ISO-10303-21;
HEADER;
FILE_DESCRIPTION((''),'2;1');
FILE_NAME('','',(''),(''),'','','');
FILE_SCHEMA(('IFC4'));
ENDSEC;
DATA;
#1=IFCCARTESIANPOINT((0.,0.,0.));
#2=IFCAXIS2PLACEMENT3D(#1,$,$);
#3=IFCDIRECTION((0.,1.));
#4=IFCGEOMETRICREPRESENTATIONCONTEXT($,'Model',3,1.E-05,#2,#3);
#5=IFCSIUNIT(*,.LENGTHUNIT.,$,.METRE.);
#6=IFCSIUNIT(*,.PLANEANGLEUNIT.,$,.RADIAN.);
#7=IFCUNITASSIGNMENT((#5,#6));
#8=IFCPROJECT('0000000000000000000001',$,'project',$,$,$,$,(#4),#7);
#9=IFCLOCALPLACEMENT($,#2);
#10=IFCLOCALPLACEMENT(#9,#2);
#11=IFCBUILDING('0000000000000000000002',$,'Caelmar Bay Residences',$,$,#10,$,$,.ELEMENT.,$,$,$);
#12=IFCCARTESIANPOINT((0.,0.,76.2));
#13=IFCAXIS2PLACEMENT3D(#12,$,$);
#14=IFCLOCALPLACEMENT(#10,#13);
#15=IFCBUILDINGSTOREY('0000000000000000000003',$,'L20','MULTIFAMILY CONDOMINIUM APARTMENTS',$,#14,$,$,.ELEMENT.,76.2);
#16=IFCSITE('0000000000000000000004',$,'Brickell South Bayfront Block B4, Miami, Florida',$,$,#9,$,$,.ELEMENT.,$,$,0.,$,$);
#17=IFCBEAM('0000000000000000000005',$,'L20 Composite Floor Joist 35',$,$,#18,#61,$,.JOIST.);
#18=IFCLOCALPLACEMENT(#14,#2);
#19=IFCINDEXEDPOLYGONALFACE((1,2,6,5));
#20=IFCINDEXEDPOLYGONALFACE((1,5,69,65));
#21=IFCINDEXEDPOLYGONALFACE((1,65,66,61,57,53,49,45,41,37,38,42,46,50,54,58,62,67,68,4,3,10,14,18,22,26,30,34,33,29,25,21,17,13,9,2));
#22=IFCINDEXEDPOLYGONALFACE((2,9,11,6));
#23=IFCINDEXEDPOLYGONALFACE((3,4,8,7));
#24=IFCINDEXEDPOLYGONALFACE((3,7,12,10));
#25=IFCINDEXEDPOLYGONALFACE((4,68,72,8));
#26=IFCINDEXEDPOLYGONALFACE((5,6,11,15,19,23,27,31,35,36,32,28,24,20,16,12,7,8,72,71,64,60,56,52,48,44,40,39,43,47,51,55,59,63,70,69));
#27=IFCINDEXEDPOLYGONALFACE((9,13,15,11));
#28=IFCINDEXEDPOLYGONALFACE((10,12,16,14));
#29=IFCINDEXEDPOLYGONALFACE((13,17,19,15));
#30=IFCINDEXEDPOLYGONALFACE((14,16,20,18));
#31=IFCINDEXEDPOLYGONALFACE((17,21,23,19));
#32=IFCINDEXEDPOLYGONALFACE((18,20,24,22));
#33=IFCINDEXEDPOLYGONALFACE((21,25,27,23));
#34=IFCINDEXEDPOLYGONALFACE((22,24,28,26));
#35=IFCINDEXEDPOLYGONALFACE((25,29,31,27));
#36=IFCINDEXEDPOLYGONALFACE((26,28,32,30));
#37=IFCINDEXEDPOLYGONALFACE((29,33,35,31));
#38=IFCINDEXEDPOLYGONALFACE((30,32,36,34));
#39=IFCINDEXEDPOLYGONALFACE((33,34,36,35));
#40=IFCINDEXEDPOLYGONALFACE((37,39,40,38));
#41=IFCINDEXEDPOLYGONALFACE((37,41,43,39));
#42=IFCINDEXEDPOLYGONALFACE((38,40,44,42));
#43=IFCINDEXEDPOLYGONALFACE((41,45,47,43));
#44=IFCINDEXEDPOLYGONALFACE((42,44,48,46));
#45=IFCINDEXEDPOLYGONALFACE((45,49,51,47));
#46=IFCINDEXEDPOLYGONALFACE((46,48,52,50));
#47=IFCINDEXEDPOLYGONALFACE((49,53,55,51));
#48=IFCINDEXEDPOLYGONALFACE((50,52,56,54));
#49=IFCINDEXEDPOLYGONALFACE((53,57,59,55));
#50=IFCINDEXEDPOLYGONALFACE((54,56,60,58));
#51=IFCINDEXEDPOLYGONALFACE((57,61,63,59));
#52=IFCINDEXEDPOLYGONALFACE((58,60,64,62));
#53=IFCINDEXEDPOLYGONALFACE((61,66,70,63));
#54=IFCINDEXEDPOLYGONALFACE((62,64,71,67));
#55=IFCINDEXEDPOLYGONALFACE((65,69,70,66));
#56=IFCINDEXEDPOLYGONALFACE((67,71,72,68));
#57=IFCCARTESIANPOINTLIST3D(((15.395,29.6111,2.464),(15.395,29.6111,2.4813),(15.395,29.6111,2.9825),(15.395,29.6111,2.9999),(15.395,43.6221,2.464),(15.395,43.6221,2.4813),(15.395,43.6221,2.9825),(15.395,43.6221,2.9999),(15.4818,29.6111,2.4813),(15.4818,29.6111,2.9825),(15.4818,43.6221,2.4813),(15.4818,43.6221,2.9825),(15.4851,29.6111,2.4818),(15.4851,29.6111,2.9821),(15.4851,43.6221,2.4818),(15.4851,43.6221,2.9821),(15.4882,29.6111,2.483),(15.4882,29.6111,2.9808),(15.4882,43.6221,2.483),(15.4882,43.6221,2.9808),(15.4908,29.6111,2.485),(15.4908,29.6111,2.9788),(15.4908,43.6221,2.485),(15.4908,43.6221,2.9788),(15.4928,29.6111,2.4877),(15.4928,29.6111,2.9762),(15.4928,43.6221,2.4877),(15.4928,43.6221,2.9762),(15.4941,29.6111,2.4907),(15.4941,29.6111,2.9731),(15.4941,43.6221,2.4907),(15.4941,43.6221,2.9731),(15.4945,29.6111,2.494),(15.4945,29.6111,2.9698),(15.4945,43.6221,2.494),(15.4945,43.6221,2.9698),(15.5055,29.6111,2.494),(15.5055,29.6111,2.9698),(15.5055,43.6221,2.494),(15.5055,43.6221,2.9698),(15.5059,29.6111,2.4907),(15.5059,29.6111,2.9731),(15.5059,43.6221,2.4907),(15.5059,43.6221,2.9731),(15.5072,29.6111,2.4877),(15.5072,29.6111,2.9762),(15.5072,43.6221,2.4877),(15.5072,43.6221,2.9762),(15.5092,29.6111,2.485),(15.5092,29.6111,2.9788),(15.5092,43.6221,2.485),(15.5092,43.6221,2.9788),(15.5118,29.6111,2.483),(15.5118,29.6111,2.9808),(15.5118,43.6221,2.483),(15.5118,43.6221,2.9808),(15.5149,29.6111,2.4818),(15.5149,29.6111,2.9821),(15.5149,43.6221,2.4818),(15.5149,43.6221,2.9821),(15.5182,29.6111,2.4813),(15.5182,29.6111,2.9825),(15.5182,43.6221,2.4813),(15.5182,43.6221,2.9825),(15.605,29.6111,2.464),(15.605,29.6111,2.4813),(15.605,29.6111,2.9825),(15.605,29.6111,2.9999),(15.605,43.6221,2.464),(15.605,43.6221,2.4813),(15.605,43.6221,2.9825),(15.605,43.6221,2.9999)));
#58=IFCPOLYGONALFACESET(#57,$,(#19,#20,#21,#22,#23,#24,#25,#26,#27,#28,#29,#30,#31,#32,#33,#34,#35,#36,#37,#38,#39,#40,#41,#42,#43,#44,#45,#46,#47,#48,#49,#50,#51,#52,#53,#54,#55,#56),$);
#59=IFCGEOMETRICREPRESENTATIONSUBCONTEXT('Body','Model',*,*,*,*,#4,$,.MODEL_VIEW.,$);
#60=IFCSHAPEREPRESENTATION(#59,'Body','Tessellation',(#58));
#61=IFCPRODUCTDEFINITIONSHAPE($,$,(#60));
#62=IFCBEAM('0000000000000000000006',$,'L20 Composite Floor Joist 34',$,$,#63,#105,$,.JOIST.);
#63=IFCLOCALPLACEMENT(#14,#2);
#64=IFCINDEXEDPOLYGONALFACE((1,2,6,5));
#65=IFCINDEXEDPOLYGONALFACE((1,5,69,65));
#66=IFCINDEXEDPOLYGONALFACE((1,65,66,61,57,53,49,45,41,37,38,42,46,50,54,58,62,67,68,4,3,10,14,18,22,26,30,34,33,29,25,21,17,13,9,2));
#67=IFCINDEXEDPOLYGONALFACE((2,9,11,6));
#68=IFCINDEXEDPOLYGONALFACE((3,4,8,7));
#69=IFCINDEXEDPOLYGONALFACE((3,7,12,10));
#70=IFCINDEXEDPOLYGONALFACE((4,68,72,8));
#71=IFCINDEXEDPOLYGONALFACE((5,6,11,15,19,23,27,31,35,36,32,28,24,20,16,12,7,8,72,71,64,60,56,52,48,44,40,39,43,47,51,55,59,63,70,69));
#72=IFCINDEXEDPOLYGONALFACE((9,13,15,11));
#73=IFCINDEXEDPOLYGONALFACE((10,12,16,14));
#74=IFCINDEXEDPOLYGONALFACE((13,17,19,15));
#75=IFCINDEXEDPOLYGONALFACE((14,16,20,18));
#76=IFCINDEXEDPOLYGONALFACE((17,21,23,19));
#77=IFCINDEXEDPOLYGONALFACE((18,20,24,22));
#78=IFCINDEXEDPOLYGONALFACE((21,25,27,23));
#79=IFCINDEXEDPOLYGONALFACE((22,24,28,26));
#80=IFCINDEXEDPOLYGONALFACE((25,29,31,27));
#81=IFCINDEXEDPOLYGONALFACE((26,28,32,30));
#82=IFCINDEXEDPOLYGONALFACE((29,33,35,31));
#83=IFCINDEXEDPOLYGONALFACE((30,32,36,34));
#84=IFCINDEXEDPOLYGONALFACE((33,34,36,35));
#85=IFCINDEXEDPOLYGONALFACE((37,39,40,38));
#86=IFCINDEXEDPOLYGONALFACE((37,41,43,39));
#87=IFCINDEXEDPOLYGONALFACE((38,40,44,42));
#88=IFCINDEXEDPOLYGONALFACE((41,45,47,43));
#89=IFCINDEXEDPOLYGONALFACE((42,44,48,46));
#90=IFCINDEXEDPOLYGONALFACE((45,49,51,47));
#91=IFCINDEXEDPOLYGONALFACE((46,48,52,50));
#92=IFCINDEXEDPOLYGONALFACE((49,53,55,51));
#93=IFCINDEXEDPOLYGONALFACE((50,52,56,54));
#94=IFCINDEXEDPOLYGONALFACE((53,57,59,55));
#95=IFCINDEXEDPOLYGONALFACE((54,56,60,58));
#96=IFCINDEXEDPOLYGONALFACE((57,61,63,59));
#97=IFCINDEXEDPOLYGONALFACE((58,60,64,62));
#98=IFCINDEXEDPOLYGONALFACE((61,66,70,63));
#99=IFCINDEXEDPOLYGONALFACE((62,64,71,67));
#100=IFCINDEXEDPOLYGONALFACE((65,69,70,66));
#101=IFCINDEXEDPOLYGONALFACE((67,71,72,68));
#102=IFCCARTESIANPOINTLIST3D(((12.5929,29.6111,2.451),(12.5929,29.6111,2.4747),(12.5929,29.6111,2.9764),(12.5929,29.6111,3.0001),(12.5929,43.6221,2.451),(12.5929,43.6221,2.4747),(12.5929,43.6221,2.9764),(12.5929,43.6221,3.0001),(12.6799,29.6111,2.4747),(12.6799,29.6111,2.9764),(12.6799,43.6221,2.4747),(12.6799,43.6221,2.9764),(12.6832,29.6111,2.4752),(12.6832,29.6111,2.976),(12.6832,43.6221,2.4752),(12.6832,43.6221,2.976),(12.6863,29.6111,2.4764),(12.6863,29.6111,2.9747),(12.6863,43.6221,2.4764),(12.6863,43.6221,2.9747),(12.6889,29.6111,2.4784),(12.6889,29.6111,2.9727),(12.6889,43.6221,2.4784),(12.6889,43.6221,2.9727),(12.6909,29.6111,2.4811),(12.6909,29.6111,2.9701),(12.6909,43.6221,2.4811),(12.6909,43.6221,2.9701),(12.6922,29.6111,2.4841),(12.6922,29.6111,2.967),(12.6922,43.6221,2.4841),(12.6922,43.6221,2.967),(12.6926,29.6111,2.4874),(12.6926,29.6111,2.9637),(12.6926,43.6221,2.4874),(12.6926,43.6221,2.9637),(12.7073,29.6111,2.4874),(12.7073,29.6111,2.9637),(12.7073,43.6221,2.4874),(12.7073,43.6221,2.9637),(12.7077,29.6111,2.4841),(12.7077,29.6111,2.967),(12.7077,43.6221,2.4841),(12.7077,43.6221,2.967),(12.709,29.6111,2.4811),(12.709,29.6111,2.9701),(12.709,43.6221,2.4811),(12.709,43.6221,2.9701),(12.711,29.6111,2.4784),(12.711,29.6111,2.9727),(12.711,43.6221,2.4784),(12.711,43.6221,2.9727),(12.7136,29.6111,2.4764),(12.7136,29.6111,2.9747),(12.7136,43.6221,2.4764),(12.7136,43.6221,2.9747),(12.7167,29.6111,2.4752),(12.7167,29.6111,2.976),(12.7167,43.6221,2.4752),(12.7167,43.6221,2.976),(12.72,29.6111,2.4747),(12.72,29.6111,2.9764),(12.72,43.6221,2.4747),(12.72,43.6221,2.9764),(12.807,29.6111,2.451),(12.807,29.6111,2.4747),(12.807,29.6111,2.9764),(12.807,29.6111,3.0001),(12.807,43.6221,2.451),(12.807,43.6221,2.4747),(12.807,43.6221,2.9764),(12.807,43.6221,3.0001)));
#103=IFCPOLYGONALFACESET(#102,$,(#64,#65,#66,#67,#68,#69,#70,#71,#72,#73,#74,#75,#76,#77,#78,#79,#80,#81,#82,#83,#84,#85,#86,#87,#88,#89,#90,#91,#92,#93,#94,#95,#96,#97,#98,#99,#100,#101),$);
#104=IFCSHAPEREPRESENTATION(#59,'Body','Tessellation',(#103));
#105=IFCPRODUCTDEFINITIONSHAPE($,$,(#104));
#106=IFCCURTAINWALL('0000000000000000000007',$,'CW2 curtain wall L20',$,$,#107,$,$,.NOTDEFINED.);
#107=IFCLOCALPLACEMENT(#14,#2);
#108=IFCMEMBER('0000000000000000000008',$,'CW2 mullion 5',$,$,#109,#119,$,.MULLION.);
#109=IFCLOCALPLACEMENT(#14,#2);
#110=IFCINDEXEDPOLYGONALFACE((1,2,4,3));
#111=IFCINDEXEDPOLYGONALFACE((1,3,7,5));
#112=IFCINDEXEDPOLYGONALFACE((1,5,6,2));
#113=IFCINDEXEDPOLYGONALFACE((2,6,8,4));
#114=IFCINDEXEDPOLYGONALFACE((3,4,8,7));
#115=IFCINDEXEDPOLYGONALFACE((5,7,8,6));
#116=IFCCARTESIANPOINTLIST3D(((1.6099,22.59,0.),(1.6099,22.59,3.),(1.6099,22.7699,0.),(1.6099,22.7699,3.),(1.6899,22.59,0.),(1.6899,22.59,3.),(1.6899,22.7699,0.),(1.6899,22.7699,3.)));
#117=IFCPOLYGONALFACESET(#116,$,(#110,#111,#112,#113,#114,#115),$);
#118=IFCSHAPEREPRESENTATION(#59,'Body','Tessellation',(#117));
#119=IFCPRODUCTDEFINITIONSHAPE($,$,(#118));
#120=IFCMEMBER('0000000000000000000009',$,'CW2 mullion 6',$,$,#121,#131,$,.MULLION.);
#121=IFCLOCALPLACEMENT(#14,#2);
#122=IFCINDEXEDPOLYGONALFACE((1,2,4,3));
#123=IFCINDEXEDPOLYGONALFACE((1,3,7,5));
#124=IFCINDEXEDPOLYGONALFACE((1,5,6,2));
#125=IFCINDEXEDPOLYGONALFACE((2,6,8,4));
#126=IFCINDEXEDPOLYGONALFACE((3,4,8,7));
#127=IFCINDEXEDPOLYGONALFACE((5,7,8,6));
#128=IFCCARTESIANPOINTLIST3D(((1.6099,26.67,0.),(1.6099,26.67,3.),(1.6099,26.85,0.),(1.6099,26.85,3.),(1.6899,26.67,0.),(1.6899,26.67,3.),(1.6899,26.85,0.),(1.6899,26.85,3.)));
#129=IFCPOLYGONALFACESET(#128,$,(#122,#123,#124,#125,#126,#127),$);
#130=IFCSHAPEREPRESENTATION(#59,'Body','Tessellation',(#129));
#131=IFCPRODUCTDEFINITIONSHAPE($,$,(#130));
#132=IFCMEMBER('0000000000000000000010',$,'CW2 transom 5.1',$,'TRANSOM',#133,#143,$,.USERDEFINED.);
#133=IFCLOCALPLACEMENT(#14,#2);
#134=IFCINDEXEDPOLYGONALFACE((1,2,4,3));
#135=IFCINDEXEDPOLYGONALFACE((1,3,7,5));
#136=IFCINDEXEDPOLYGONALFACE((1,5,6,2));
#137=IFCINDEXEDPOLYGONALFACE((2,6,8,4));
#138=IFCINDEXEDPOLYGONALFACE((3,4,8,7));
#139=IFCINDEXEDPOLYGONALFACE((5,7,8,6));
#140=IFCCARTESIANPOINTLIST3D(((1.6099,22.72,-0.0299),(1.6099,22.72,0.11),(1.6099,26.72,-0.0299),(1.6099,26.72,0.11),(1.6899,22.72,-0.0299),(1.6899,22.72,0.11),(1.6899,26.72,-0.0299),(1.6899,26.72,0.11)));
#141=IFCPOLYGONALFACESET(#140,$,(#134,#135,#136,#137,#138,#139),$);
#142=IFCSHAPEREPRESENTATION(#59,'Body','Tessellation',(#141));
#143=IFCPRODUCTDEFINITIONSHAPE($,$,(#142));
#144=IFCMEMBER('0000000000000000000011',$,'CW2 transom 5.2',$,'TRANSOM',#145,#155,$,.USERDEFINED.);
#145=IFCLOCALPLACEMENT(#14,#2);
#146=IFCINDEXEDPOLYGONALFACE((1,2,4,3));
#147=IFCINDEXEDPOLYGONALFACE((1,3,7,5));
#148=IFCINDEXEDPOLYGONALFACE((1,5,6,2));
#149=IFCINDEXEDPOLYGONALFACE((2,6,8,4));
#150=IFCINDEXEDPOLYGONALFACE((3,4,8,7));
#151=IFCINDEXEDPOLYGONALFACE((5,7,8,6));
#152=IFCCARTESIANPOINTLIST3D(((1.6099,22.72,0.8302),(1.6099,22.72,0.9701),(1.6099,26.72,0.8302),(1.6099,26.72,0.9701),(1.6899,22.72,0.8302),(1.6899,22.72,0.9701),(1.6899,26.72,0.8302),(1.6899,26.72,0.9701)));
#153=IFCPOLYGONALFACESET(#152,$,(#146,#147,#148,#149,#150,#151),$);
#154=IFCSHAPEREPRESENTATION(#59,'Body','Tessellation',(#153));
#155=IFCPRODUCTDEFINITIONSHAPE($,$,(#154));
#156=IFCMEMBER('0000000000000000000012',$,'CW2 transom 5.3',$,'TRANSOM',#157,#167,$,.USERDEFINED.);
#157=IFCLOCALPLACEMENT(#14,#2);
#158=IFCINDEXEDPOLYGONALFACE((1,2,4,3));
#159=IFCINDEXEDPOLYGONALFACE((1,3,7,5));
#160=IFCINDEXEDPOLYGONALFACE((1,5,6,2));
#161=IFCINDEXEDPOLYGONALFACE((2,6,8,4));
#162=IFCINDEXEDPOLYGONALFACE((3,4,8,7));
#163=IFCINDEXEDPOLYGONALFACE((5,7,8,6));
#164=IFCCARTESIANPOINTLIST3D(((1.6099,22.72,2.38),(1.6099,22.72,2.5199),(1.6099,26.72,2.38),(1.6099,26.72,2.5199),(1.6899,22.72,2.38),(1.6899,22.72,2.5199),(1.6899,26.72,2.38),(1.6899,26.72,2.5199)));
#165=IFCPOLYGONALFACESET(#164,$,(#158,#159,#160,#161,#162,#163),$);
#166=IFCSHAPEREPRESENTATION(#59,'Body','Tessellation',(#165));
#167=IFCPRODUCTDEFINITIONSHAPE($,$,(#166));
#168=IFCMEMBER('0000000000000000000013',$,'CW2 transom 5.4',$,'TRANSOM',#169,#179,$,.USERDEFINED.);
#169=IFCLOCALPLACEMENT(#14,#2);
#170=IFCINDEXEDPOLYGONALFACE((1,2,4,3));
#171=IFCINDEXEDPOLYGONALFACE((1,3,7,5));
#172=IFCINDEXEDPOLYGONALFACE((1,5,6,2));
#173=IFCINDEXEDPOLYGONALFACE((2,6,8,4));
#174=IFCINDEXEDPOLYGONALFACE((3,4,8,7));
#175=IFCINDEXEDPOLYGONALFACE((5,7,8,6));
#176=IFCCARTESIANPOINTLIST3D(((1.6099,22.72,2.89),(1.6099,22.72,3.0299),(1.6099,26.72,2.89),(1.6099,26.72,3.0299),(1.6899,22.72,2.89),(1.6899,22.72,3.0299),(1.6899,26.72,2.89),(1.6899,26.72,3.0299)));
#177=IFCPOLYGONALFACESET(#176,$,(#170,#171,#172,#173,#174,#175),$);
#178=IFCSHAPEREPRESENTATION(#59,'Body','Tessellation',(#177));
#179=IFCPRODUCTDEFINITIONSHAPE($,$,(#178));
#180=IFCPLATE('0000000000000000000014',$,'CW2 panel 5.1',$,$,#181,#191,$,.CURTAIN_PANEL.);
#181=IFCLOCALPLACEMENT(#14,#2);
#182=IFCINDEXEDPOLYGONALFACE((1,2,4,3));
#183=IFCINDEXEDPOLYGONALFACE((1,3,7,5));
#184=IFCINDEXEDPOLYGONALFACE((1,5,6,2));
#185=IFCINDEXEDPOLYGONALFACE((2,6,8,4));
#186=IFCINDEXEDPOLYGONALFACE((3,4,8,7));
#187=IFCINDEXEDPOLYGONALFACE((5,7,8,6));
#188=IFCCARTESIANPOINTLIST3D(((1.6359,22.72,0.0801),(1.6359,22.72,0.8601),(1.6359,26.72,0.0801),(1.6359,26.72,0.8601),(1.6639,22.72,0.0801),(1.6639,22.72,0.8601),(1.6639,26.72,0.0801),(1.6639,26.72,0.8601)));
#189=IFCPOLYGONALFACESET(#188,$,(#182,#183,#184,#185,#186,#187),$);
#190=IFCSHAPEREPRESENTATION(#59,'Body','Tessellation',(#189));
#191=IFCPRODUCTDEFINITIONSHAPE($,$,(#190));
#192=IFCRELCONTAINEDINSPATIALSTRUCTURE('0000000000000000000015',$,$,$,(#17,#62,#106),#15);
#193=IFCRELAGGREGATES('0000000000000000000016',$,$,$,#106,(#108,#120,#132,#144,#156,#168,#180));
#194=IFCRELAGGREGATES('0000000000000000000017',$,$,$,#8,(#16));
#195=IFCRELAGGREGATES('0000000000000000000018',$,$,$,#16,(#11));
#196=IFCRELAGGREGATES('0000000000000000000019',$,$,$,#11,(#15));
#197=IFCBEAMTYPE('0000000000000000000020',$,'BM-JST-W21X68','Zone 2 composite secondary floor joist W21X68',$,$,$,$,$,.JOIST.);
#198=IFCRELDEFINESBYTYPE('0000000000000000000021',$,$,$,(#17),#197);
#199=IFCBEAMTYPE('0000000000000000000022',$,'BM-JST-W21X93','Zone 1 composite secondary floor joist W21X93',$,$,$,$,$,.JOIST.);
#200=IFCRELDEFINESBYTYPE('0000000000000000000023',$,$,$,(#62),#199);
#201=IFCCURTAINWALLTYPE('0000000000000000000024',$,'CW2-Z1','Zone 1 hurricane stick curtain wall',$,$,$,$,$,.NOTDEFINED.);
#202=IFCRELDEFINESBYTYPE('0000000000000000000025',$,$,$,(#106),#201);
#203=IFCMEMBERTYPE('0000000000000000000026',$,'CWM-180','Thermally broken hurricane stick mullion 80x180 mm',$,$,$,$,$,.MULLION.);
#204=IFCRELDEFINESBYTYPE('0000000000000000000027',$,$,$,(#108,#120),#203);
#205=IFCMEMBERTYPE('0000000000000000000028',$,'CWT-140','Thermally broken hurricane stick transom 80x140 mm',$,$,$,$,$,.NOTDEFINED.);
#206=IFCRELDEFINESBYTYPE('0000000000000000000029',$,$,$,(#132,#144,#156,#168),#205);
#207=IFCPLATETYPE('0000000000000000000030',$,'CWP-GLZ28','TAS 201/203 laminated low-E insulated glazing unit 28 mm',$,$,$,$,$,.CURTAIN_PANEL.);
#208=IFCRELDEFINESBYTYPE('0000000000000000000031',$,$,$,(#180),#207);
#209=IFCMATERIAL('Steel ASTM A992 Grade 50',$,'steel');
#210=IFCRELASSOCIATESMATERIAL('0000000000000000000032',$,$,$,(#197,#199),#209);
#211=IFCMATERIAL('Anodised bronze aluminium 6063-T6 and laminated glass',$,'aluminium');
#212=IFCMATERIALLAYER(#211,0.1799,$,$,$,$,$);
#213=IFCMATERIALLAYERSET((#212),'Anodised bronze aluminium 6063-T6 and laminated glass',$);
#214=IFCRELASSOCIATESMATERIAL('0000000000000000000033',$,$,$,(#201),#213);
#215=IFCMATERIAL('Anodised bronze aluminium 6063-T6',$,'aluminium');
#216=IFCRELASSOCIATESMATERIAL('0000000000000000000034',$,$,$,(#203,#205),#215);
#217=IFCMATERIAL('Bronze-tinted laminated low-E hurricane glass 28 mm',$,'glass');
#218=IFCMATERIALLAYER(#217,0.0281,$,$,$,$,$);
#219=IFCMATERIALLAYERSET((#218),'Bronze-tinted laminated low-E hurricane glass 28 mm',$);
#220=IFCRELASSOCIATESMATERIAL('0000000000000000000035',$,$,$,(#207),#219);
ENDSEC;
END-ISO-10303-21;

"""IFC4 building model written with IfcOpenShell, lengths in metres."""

from ifc_helpers import new_model, si_unit, direction, frame, origin, origin_2d, place, context, subcontext, project, spatial, rectangle, i_section, extrude, material, layer, layer_set, material_profile, profile_set, type_object, element, aggregate, save


model = new_model("IFC4")

# Units and contexts
model_context = context("Model", 3, precision=1e-05, world=origin(), true_north=direction((0.0, 1.0)))
body_context = subcontext(model_context, "Body", "Model", "MODEL_VIEW")
ifc_project = project(units=[si_unit("LENGTHUNIT", "METRE"), si_unit("PLANEANGLEUNIT", "RADIAN")], contexts=[model_context])

# Site, building, storey
site_placement = place(None, origin())
site = spatial("IfcSite", under=ifc_project, at=site_placement, Name="Brickell South Bayfront Block B4, Miami, Florida", CompositionType="ELEMENT", RefElevation=0.0)
building_placement = place(site_placement, origin())
building = spatial("IfcBuilding", under=site, at=building_placement, Name="Caelmar Bay Residences", CompositionType="ELEMENT")
storey_placement = place(building_placement, frame((0.0, 0.0, 76.2)))
storey = spatial("IfcBuildingStorey", under=building, at=storey_placement, Name="L20", Description="MULTIFAMILY CONDOMINIUM APARTMENTS", CompositionType="ELEMENT", Elevation=76.2)

# Beams
ifc_material_1 = material(Name="Steel ASTM A992 Grade 50", Category="steel")
ifc_material_profile_1 = material_profile(ifc_material_1, i_section(OverallWidth=0.21, OverallDepth=0.5359, WebThickness=0.011, FlangeThickness=0.0173, FilletRadius=0.0127, at=origin_2d()), Name="W21X68")
ifc_profile_set_1 = profile_set([ifc_material_profile_1], Name="Steel ASTM A992 Grade 50")
beam_type_1 = type_object("IfcBeamType", Name="BM-JST-W21X68", Description="Zone 2 composite secondary floor joist W21X68", PredefinedType="JOIST", material=ifc_profile_set_1)
beam_1_placement = place(storey_placement, frame((15.5, 29.6111, 2.7319), z_axis=(0.0, 1.0, 0.0), x_axis=(-1.0, 0.0, 0.0)))
element("IfcBeam", 1, at=beam_1_placement, inside=storey, type_object=beam_type_1, Name="L20 Composite Floor Joist 35", PredefinedType="JOIST", context=body_context, shape_type="SweptSolid", body=[
    extrude(i_section(OverallWidth=0.21, OverallDepth=0.5359, WebThickness=0.011, FlangeThickness=0.0173, FilletRadius=0.0127, at=origin_2d()), origin(), (0.0, 0.0, 1.0), 14.011),
])
ifc_material_profile_2 = material_profile(ifc_material_1, i_section(OverallWidth=0.2141, OverallDepth=0.5491, WebThickness=0.0146, FlangeThickness=0.0237, FilletRadius=0.0127, at=origin_2d()), Name="W21X93")
ifc_profile_set_2 = profile_set([ifc_material_profile_2], Name="Steel ASTM A992 Grade 50")
beam_type_2 = type_object("IfcBeamType", Name="BM-JST-W21X93", Description="Zone 1 composite secondary floor joist W21X93", PredefinedType="JOIST", material=ifc_profile_set_2)
beam_2_placement = place(storey_placement, frame((12.7, 29.6111, 2.7256), z_axis=(0.0, 1.0, 0.0), x_axis=(-1.0, 0.0, 0.0)))
element("IfcBeam", 2, at=beam_2_placement, inside=storey, type_object=beam_type_2, Name="L20 Composite Floor Joist 34", PredefinedType="JOIST", context=body_context, shape_type="SweptSolid", body=[
    extrude(i_section(OverallWidth=0.2141, OverallDepth=0.5491, WebThickness=0.0146, FlangeThickness=0.0237, FilletRadius=0.0127, at=origin_2d()), origin(), (0.0, 0.0, 1.0), 14.011),
])

# Curtain wall, members, plate
ifc_material_2 = material(Name="Anodised bronze aluminium 6063-T6 and laminated glass", Category="aluminium")
ifc_layer_1 = layer(ifc_material_2, 0.1799)
ifc_layer_set_1 = layer_set([ifc_layer_1], Name="Anodised bronze aluminium 6063-T6 and laminated glass")
curtain_wall_type = type_object("IfcCurtainWallType", Name="CW2-Z1", Description="Zone 1 hurricane stick curtain wall", PredefinedType="NOTDEFINED", material=ifc_layer_set_1)
curtain_wall_placement = place(storey_placement, origin())
curtain_wall = element("IfcCurtainWall", 3, at=curtain_wall_placement, inside=storey, type_object=curtain_wall_type, Name="CW2 curtain wall L20", PredefinedType="NOTDEFINED")
ifc_material_3 = material(Name="Anodised bronze aluminium 6063-T6", Category="aluminium")
ifc_material_profile_3 = material_profile(ifc_material_3, rectangle(XDim=0.0801, YDim=0.1799, at=origin_2d()), Name="CWM-80X180")
ifc_profile_set_3 = profile_set([ifc_material_profile_3], Name="Anodised bronze aluminium 6063-T6")
member_type_1 = type_object("IfcMemberType", Name="CWM-180", Description="Thermally broken hurricane stick mullion 80x180 mm", PredefinedType="MULLION", material=ifc_profile_set_3)
member_1_placement = place(storey_placement, frame((1.6499, 22.6799, 0.0), z_axis=(0.0, 0.0, 1.0), x_axis=(-1.0, 0.0, 0.0)))
member_1 = element("IfcMember", 4, at=member_1_placement, type_object=member_type_1, Name="CW2 mullion 5", PredefinedType="MULLION", context=body_context, shape_type="SweptSolid", body=[
    extrude(rectangle(XDim=0.0801, YDim=0.1799, at=origin_2d()), origin(), (0.0, 0.0, 1.0), 3.0),
])
member_2_placement = place(storey_placement, frame((1.6499, 26.76, 0.0), z_axis=(0.0, 0.0, 1.0), x_axis=(-1.0, 0.0, 0.0)))
member_2 = element("IfcMember", 5, at=member_2_placement, type_object=member_type_1, Name="CW2 mullion 6", PredefinedType="MULLION", context=body_context, shape_type="SweptSolid", body=[
    extrude(rectangle(XDim=0.0801, YDim=0.1799, at=origin_2d()), origin(), (0.0, 0.0, 1.0), 3.0),
])
ifc_material_profile_4 = material_profile(ifc_material_3, rectangle(XDim=0.0801, YDim=0.1399, at=origin_2d()), Name="CWT-80X140")
ifc_profile_set_4 = profile_set([ifc_material_profile_4], Name="Anodised bronze aluminium 6063-T6")
member_type_2 = type_object("IfcMemberType", Name="CWT-140", Description="Thermally broken hurricane stick transom 80x140 mm", PredefinedType="NOTDEFINED", material=ifc_profile_set_4)
member_3_placement = place(storey_placement, frame((1.6499, 22.72, 0.04), z_axis=(0.0, 1.0, 0.0), x_axis=(-1.0, 0.0, 0.0)))
member_3 = element("IfcMember", 6, at=member_3_placement, type_object=member_type_2, Name="CW2 transom 5.1", ObjectType="TRANSOM", PredefinedType="USERDEFINED", context=body_context, shape_type="SweptSolid", body=[
    extrude(rectangle(XDim=0.0801, YDim=0.1399, at=origin_2d()), origin(), (0.0, 0.0, 1.0), 4.0),
])
member_4_placement = place(storey_placement, frame((1.6499, 22.72, 0.9001), z_axis=(0.0, 1.0, 0.0), x_axis=(-1.0, 0.0, 0.0)))
member_4 = element("IfcMember", 7, at=member_4_placement, type_object=member_type_2, Name="CW2 transom 5.2", ObjectType="TRANSOM", PredefinedType="USERDEFINED", context=body_context, shape_type="SweptSolid", body=[
    extrude(rectangle(XDim=0.0801, YDim=0.1399, at=origin_2d()), origin(), (0.0, 0.0, 1.0), 4.0),
])
member_5_placement = place(storey_placement, frame((1.6499, 22.72, 2.45), z_axis=(0.0, 1.0, 0.0), x_axis=(-1.0, 0.0, 0.0)))
member_5 = element("IfcMember", 8, at=member_5_placement, type_object=member_type_2, Name="CW2 transom 5.3", ObjectType="TRANSOM", PredefinedType="USERDEFINED", context=body_context, shape_type="SweptSolid", body=[
    extrude(rectangle(XDim=0.0801, YDim=0.1399, at=origin_2d()), origin(), (0.0, 0.0, 1.0), 4.0),
])
member_6_placement = place(storey_placement, frame((1.6499, 22.72, 2.96), z_axis=(0.0, 1.0, 0.0), x_axis=(-1.0, 0.0, 0.0)))
member_6 = element("IfcMember", 9, at=member_6_placement, type_object=member_type_2, Name="CW2 transom 5.4", ObjectType="TRANSOM", PredefinedType="USERDEFINED", context=body_context, shape_type="SweptSolid", body=[
    extrude(rectangle(XDim=0.0801, YDim=0.1399, at=origin_2d()), origin(), (0.0, 0.0, 1.0), 4.0),
])
ifc_material_4 = material(Name="Bronze-tinted laminated low-E hurricane glass 28 mm", Category="glass")
ifc_layer_2 = layer(ifc_material_4, 0.0281)
ifc_layer_set_2 = layer_set([ifc_layer_2], Name="Bronze-tinted laminated low-E hurricane glass 28 mm")
plate_type = type_object("IfcPlateType", Name="CWP-GLZ28", Description="TAS 201/203 laminated low-E insulated glazing unit 28 mm", PredefinedType="CURTAIN_PANEL", material=ifc_layer_set_2)
plate_1_placement = place(storey_placement, frame((1.6499, 24.72, 0.0801), z_axis=(0.0, 0.0, 1.0), x_axis=(0.0, 1.0, 0.0)))
plate_1 = element("IfcPlate", 10, at=plate_1_placement, type_object=plate_type, Name="CW2 panel 5.1", PredefinedType="CURTAIN_PANEL", context=body_context, shape_type="SweptSolid", body=[
    extrude(rectangle(XDim=4.0, YDim=0.0281, at=origin_2d()), origin(), (0.0, 0.0, 1.0), 0.78),
])
aggregate(curtain_wall, [member_1, member_2, member_3, member_4, member_5, member_6, plate_1])

save(model, "model.ifc")
